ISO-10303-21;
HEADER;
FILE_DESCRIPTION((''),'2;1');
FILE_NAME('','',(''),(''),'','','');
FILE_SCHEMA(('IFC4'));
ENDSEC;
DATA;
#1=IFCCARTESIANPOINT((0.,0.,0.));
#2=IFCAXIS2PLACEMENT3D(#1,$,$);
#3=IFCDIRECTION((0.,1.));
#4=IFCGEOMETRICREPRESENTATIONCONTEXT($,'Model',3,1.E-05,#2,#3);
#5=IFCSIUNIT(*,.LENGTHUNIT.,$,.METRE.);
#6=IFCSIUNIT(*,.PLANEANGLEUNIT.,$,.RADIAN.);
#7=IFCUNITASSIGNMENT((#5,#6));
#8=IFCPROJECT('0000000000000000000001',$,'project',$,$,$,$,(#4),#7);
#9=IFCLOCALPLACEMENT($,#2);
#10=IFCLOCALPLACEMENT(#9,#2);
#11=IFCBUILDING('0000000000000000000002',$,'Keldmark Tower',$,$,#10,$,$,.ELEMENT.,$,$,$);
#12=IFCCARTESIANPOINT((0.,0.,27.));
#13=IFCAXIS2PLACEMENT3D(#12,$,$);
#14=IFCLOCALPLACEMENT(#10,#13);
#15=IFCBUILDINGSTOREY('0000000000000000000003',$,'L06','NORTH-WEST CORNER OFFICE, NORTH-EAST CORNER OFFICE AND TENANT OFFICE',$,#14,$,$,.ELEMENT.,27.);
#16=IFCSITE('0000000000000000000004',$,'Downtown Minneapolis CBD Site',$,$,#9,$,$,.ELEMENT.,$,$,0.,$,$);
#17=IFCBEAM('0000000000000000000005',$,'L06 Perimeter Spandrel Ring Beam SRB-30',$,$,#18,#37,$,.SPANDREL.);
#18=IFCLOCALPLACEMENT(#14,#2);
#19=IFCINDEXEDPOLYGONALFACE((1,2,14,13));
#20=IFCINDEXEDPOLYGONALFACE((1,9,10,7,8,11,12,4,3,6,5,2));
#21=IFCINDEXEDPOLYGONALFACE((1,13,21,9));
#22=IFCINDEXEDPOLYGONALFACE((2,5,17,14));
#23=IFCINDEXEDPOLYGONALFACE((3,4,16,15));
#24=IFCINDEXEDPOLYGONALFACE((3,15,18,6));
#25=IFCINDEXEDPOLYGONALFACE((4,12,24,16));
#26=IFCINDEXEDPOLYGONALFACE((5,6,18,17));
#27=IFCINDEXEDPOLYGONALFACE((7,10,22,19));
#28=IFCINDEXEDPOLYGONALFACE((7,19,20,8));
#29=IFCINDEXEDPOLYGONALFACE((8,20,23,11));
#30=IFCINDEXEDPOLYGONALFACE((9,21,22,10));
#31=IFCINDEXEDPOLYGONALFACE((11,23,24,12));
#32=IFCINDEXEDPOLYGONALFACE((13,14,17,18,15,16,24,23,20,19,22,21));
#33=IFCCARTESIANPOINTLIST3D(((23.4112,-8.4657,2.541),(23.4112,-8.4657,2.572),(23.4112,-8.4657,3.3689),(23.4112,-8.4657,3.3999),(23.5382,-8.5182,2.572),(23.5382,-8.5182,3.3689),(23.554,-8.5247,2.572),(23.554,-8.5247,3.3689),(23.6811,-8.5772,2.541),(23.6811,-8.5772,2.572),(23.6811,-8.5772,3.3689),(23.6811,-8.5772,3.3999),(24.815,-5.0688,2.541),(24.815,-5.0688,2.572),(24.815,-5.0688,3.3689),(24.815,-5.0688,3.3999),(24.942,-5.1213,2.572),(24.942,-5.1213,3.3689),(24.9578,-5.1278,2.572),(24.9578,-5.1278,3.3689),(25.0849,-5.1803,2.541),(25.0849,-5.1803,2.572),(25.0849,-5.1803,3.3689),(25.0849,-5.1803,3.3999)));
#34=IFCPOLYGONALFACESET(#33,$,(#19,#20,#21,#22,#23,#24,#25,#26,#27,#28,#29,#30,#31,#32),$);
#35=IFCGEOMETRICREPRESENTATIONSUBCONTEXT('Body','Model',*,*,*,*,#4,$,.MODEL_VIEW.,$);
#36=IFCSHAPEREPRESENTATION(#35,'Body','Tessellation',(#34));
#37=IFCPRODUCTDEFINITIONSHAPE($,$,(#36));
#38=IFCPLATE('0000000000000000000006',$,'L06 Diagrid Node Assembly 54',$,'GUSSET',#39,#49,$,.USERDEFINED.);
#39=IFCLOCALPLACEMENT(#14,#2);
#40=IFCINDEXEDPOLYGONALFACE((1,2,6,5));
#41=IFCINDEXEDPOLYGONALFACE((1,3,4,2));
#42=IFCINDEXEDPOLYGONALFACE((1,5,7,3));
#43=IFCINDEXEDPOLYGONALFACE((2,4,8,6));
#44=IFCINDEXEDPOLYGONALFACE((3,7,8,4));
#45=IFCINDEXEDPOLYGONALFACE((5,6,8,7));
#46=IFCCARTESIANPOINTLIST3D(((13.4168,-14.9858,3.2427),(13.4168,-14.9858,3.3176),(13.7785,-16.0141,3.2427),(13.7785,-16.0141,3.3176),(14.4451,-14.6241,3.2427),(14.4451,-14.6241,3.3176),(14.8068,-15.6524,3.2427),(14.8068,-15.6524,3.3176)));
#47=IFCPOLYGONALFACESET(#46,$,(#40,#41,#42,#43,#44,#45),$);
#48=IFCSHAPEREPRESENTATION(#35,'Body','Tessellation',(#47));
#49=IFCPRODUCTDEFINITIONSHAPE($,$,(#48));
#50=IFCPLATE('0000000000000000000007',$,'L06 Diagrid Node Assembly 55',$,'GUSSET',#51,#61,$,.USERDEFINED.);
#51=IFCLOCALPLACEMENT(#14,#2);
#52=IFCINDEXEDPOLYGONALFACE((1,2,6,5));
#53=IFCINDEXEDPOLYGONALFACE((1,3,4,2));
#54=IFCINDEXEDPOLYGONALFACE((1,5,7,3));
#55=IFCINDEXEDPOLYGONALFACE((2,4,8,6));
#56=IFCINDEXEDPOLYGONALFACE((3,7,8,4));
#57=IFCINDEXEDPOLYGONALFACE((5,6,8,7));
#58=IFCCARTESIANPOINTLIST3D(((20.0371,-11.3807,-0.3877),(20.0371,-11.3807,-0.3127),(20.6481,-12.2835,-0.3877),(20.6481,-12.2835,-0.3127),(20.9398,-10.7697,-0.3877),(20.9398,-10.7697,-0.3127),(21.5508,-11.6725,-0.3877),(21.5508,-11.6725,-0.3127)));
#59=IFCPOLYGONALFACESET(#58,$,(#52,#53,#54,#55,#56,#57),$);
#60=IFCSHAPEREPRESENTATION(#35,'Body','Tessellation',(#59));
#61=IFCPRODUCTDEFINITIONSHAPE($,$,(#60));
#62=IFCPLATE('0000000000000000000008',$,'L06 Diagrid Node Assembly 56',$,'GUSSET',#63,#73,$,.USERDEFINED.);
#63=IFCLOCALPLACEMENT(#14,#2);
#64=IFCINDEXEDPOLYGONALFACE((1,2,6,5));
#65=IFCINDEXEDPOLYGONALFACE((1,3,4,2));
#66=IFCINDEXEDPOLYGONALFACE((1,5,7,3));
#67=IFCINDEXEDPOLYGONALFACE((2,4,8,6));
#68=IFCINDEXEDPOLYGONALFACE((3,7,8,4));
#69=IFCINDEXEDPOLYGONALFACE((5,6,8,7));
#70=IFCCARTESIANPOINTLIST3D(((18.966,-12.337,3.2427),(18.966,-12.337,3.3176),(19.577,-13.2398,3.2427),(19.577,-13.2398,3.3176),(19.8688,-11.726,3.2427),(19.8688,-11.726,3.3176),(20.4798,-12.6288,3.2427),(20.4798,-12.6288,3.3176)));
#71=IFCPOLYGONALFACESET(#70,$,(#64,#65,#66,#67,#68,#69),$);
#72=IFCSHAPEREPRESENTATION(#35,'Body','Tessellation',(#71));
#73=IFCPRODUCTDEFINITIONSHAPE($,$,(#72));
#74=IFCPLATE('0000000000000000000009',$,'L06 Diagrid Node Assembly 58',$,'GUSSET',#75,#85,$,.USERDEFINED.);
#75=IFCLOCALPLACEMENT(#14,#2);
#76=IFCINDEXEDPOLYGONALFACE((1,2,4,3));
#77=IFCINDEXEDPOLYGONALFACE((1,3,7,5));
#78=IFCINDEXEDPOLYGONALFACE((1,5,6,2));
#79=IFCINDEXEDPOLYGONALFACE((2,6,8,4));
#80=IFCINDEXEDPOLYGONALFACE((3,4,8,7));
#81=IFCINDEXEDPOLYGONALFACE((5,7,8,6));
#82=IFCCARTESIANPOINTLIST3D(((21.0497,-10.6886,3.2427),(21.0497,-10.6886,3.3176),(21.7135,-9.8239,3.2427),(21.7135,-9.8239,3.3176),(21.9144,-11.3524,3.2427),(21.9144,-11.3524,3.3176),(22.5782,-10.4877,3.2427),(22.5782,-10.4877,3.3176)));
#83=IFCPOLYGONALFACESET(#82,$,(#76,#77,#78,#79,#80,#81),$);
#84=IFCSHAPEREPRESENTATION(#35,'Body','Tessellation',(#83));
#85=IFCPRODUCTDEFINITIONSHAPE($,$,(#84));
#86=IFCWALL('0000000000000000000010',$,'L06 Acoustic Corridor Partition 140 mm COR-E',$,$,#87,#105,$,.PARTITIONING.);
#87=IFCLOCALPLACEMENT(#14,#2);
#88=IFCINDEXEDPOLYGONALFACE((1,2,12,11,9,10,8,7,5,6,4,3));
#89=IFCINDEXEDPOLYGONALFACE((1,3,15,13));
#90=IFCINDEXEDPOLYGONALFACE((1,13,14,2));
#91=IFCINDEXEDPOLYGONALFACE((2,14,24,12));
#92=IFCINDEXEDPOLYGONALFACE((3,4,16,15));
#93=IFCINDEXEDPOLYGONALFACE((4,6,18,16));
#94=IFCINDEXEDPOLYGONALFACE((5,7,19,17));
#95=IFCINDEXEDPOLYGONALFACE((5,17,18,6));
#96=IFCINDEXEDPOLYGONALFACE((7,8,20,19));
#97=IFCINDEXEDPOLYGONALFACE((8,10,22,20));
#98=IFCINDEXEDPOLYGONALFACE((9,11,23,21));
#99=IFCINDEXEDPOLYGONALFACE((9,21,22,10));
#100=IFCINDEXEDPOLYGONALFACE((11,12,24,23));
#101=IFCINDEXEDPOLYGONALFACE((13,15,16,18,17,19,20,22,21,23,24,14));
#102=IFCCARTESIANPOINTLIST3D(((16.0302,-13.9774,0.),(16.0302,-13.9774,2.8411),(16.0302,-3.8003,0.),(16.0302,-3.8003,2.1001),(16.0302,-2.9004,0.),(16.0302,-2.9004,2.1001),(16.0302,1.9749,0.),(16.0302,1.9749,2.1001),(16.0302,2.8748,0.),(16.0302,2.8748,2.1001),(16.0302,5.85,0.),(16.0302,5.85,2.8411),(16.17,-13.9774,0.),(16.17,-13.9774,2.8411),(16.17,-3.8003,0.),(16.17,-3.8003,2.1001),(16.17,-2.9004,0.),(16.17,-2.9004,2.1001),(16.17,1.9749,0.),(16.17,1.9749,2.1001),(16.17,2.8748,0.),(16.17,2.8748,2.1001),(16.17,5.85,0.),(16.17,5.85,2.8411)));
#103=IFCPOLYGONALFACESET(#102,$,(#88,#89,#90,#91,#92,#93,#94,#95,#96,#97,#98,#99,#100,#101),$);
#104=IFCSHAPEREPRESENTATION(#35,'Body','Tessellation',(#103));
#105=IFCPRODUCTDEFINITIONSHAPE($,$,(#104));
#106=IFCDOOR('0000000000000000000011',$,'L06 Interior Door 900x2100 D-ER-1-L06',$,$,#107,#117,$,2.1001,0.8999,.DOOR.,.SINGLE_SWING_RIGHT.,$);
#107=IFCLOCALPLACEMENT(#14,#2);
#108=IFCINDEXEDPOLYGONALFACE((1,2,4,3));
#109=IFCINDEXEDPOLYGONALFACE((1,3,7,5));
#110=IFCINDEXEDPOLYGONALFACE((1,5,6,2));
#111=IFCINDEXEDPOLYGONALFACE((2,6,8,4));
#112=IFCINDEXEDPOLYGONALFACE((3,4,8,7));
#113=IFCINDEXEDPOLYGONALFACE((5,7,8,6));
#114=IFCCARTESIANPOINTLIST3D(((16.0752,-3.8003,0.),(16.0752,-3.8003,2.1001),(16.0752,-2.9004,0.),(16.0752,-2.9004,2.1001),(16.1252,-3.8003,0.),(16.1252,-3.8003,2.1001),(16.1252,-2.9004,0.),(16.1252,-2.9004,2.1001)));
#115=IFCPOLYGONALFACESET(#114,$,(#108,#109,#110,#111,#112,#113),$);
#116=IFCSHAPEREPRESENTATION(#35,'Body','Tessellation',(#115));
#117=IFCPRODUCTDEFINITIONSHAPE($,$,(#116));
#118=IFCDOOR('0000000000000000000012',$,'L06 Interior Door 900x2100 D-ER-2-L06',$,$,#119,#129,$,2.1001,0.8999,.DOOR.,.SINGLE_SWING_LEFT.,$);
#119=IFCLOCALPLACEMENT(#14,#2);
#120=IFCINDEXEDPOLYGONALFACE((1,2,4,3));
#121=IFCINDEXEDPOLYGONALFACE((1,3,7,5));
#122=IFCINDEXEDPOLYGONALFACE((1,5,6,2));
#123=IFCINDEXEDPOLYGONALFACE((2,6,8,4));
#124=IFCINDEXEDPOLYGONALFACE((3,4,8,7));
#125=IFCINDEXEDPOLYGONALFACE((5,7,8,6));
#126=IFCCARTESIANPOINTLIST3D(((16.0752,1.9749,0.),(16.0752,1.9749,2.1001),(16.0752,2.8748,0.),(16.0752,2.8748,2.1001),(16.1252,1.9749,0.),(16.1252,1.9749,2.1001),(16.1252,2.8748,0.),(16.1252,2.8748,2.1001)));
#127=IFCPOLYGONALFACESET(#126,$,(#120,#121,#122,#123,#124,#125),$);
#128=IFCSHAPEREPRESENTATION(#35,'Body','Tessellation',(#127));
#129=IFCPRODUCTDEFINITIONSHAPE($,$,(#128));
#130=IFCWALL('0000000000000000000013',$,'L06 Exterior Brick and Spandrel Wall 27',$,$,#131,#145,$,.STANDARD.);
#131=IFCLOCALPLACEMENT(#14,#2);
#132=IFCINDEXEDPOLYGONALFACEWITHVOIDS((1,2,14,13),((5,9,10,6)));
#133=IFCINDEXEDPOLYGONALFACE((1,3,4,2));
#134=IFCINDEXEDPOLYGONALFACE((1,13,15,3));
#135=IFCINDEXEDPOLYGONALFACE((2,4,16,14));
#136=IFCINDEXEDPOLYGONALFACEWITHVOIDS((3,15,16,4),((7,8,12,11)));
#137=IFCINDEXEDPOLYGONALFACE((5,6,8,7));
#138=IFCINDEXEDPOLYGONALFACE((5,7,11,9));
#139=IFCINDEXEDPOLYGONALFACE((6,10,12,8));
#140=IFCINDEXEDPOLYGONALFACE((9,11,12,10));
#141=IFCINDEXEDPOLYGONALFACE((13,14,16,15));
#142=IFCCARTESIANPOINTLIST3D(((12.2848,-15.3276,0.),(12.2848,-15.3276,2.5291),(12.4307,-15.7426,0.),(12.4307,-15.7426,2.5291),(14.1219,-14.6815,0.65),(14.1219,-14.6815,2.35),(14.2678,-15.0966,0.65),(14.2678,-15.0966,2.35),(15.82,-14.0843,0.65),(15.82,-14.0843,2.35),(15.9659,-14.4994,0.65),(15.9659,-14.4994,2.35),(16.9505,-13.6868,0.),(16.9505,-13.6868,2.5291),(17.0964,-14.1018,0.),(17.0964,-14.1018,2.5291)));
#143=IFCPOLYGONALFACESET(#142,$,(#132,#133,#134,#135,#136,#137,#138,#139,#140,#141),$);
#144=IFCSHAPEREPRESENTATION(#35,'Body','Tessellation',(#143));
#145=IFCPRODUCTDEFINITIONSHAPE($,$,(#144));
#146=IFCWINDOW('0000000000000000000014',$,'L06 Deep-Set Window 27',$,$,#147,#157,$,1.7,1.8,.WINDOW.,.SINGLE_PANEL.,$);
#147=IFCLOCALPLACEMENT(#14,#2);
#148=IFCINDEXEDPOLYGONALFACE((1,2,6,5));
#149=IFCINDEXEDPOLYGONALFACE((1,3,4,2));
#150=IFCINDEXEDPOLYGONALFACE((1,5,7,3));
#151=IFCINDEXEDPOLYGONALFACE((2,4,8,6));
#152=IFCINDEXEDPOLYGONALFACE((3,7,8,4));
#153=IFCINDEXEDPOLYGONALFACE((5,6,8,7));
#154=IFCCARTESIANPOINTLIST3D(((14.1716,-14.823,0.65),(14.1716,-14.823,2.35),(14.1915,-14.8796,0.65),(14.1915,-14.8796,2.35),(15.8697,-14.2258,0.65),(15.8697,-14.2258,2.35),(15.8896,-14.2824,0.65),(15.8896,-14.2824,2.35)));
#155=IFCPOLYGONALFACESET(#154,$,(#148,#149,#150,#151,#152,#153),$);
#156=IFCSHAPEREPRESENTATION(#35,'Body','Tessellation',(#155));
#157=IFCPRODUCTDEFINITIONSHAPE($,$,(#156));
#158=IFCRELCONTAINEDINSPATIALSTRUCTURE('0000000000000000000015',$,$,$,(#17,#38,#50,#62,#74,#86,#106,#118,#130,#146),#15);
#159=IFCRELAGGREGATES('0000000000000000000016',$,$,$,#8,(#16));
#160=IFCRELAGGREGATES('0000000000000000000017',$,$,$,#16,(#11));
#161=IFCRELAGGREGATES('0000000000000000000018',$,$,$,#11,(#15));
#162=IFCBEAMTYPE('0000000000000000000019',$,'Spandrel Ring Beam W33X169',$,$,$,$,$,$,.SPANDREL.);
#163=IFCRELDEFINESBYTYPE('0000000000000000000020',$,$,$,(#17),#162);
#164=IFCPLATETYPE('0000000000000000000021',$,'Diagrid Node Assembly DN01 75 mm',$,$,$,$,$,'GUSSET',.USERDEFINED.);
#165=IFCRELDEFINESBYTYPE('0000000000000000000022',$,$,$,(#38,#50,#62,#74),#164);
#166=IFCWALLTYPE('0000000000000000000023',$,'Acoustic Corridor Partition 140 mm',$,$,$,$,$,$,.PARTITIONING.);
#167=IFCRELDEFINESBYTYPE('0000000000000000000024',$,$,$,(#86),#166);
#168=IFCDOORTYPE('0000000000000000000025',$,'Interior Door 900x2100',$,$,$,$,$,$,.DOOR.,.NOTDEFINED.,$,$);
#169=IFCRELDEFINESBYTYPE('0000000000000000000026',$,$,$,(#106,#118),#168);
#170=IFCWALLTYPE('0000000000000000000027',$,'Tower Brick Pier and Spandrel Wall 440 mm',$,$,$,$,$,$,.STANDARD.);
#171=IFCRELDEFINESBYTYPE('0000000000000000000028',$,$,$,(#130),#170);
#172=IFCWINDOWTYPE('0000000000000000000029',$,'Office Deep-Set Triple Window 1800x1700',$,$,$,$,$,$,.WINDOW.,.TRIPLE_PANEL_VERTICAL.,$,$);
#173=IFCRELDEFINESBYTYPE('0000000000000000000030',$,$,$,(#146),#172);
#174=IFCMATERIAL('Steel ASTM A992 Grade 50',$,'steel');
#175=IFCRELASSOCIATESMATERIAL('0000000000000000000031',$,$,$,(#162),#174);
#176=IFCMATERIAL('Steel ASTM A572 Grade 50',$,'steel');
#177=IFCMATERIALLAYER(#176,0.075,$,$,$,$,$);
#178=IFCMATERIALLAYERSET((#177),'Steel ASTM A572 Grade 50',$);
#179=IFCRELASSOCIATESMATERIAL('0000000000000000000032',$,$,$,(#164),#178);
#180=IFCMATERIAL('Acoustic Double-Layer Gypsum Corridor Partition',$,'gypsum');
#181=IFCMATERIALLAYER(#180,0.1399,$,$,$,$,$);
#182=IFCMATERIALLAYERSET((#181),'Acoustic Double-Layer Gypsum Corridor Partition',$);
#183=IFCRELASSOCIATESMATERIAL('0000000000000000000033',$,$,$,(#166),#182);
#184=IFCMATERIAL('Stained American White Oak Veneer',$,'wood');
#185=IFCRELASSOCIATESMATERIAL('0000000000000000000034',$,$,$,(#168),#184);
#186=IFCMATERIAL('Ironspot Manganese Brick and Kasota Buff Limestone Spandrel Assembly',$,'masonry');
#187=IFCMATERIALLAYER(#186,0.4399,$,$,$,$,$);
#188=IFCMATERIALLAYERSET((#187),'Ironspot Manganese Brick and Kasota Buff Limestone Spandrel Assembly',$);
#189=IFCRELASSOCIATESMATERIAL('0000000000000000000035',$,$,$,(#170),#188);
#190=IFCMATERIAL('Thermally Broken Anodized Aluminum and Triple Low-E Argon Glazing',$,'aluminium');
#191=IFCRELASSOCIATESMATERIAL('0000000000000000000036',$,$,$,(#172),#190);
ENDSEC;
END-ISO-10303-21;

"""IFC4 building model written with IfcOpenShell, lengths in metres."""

from ifc_helpers import new_model, si_unit, direction, frame, frame_2d, origin, origin_2d, place, context, subcontext, project, spatial, rectangle, i_section, extrude, material, layer, layer_set, material_profile, profile_set, type_object, element, fill, save


model = new_model("IFC4")

# Units and contexts
model_context = context("Model", 3, precision=1e-05, world=origin(), true_north=direction((0.0, 1.0)))
body_context = subcontext(model_context, "Body", "Model", "MODEL_VIEW")
ifc_project = project(units=[si_unit("LENGTHUNIT", "METRE"), si_unit("PLANEANGLEUNIT", "RADIAN")], contexts=[model_context])

# Site, building, storey
site_placement = place(None, origin())
site = spatial("IfcSite", under=ifc_project, at=site_placement, Name="Downtown Minneapolis CBD Site", CompositionType="ELEMENT", RefElevation=0.0)
building_placement = place(site_placement, origin())
building = spatial("IfcBuilding", under=site, at=building_placement, Name="Keldmark Tower", CompositionType="ELEMENT")
storey_placement = place(building_placement, frame((0.0, 0.0, 27.0)))
storey = spatial("IfcBuildingStorey", under=building, at=storey_placement, Name="L06", Description="NORTH-WEST CORNER OFFICE, NORTH-EAST CORNER OFFICE AND TENANT OFFICE", CompositionType="ELEMENT", Elevation=27.0)

# Beam
ifc_material_1 = material(Name="Steel ASTM A992 Grade 50", Category="steel")
ifc_material_profile_1 = material_profile(ifc_material_1, i_section(OverallWidth=0.292, OverallDepth=0.8589, WebThickness=0.0171, FlangeThickness=0.031, at=origin_2d()), Name="W33X169")
ifc_profile_set_1 = profile_set([ifc_material_profile_1], Name="Steel ASTM A992 Grade 50")
beam_type_1 = type_object("IfcBeamType", Name="Spandrel Ring Beam W33X169", PredefinedType="SPANDREL", material=ifc_profile_set_1)
beam_1_placement = place(storey_placement, frame((23.5461, -8.5215, 2.9705), z_axis=(0.381925, 0.924193, 0.0), x_axis=(-0.924193, 0.381925, 0.0)))
element("IfcBeam", 1, at=beam_1_placement, inside=storey, type_object=beam_type_1, Name="L06 Perimeter Spandrel Ring Beam SRB-30", PredefinedType="SPANDREL", context=body_context, shape_type="SweptSolid", body=[
    extrude(i_section(OverallWidth=0.292, OverallDepth=0.8589, WebThickness=0.0171, FlangeThickness=0.031, at=origin_2d()), origin(), (0.0, 0.0, 1.0), 3.6755),
])

# Plates
ifc_material_2 = material(Name="Steel ASTM A572 Grade 50", Category="steel")
ifc_layer_1 = layer(ifc_material_2, 0.075)
ifc_layer_set_1 = layer_set([ifc_layer_1], Name="Steel ASTM A572 Grade 50")
plate_type = type_object("IfcPlateType", Name="Diagrid Node Assembly DN01 75 mm", ElementType="GUSSET", PredefinedType="USERDEFINED", material=ifc_layer_set_1)
for number, where, z_axis, x_axis, name in (
    (2, (14.1118, -15.3191, 3.2427), (0.0, 0.0, 1.0), (0.943339, 0.331832, 0.0), "L06 Diagrid Node Assembly 54"),
    (3, (20.7939, -11.5266, -0.3877), (0.0, 0.0, 1.0), (0.828158, 0.560494, 0.0), "L06 Diagrid Node Assembly 55"),
    (4, (19.7229, -12.4829, 3.2427), (0.0, 0.0, 1.0), (0.828158, 0.560494, 0.0), "L06 Diagrid Node Assembly 56"),
    (5, (21.814, -10.5881, 3.2427), (0.0, 0.0, 1.0), (0.6089, 0.793247, 0.0), "L06 Diagrid Node Assembly 58"),
):
    element("IfcPlate", number, at=place(storey_placement, frame(where, z_axis=z_axis, x_axis=x_axis)), inside=storey, type_object=plate_type, Name=name, ObjectType="GUSSET", PredefinedType="USERDEFINED", context=body_context, shape_type="SweptSolid", body=[
        extrude(rectangle(XDim=1.0901, YDim=1.0901, at=origin_2d()), origin(), (0.0, 0.0, 1.0), 0.075),
    ])

# Wall, openings, doors
ifc_material_3 = material(Name="Acoustic Double-Layer Gypsum Corridor Partition", Category="gypsum")
ifc_layer_2 = layer(ifc_material_3, 0.1399)
ifc_layer_set_2 = layer_set([ifc_layer_2], Name="Acoustic Double-Layer Gypsum Corridor Partition")
wall_type_1 = type_object("IfcWallType", Name="Acoustic Corridor Partition 140 mm", PredefinedType="PARTITIONING", material=ifc_layer_set_2)
wall_1_placement = place(storey_placement, frame((16.1001, -13.9773, 0.0), z_axis=(0.0, 0.0, 1.0), x_axis=(0.0, 1.0, 0.0)))
wall_1 = element("IfcWall", 6, at=wall_1_placement, inside=storey, type_object=wall_type_1, Name="L06 Acoustic Corridor Partition 140 mm COR-E", PredefinedType="PARTITIONING", context=body_context, shape_type="SweptSolid", body=[
    extrude(rectangle(XDim=19.8274, YDim=0.1399, at=frame_2d((9.9136, 0.0))), origin(), (0.0, 0.0, 1.0), 2.8411),
])
opening_1_placement = place(wall_1_placement, frame((10.177, 0.0, 0.0)))
opening_1 = element("IfcOpeningElement", 7, at=opening_1_placement, cuts=wall_1, PredefinedType="OPENING", context=body_context, shape_type="SweptSolid", body=[
    extrude(rectangle(XDim=0.8999, YDim=2.1001, at=frame_2d((0.45, 1.05))), frame((0.0, 0.0798, 0.0), z_axis=(0.0, -1.0, 0.0), x_axis=(1.0, 0.0, 0.0)), (0.0, 0.0, 1.0), 0.1599),
])
opening_2_placement = place(wall_1_placement, frame((15.9521, 0.0, 0.0)))
opening_2 = element("IfcOpeningElement", 8, at=opening_2_placement, cuts=wall_1, PredefinedType="OPENING", context=body_context, shape_type="SweptSolid", body=[
    extrude(rectangle(XDim=0.8999, YDim=2.1001, at=frame_2d((0.45, 1.05))), frame((0.0, 0.0798, 0.0), z_axis=(0.0, -1.0, 0.0), x_axis=(1.0, 0.0, 0.0)), (0.0, 0.0, 1.0), 0.1599),
])
ifc_material_4 = material(Name="Stained American White Oak Veneer", Category="wood")
door_type = type_object("IfcDoorType", Name="Interior Door 900x2100", OperationType="NOTDEFINED", PredefinedType="DOOR", material=ifc_material_4)
door_1_placement = place(opening_1_placement, origin())
door_1 = element("IfcDoor", 9, at=door_1_placement, inside=storey, type_object=door_type, Name="L06 Interior Door 900x2100 D-ER-1-L06", OperationType="SINGLE_SWING_RIGHT", OverallHeight=2.1001, OverallWidth=0.8999, PredefinedType="DOOR", context=body_context, shape_type="SweptSolid", body=[
    extrude(rectangle(XDim=0.8999, YDim=2.1001, at=frame_2d((0.45, 1.05))), frame((0.0, 0.0249, 0.0), z_axis=(0.0, -1.0, 0.0), x_axis=(1.0, 0.0, 0.0)), (0.0, 0.0, 1.0), 0.05),
])
fill(opening_1, door_1)
door_2_placement = place(opening_2_placement, origin())
door_2 = element("IfcDoor", 10, at=door_2_placement, inside=storey, type_object=door_type, Name="L06 Interior Door 900x2100 D-ER-2-L06", OperationType="SINGLE_SWING_LEFT", OverallHeight=2.1001, OverallWidth=0.8999, PredefinedType="DOOR", context=body_context, shape_type="SweptSolid", body=[
    extrude(rectangle(XDim=0.8999, YDim=2.1001, at=frame_2d((0.45, 1.05))), frame((0.0, 0.0249, 0.0), z_axis=(0.0, -1.0, 0.0), x_axis=(1.0, 0.0, 0.0)), (0.0, 0.0, 1.0), 0.05),
])
fill(opening_2, door_2)

# Wall, opening, window
ifc_material_5 = material(Name="Ironspot Manganese Brick and Kasota Buff Limestone Spandrel Assembly", Category="masonry")
ifc_layer_3 = layer(ifc_material_5, 0.4399)
ifc_layer_set_3 = layer_set([ifc_layer_3], Name="Ironspot Manganese Brick and Kasota Buff Limestone Spandrel Assembly")
wall_type_2 = type_object("IfcWallType", Name="Tower Brick Pier and Spandrel Wall 440 mm", PredefinedType="STANDARD", material=ifc_layer_set_3)
wall_2_placement = place(storey_placement, frame((17.0234, -13.8943, 0.0), z_axis=(0.0, 0.0, 1.0), x_axis=(-0.943362, -0.331764, 0.0)))
wall_2 = element("IfcWall", 11, at=wall_2_placement, inside=storey, type_object=wall_type_2, Name="L06 Exterior Brick and Spandrel Wall 27", PredefinedType="STANDARD", context=body_context, shape_type="SweptSolid", body=[
    extrude(rectangle(XDim=4.9458, YDim=0.4399, at=frame_2d((2.4729, 0.0))), origin(), (0.0, 0.0, 1.0), 2.5291),
])
opening_3_placement = place(wall_2_placement, frame((1.1985, 0.0, 0.6499)))
opening_3 = element("IfcOpeningElement", 12, at=opening_3_placement, cuts=wall_2, PredefinedType="OPENING", context=body_context, shape_type="SweptSolid", body=[
    extrude(rectangle(XDim=1.8, YDim=1.7, at=frame_2d((0.8999, 0.8501))), frame((0.0, 0.23, 0.0), z_axis=(0.0, -1.0, 0.0), x_axis=(1.0, 0.0, 0.0)), (0.0, 0.0, 1.0), 0.46),
])
ifc_material_6 = material(Name="Thermally Broken Anodized Aluminum and Triple Low-E Argon Glazing", Category="aluminium")
window_type = type_object("IfcWindowType", Name="Office Deep-Set Triple Window 1800x1700", PartitioningType="TRIPLE_PANEL_VERTICAL", PredefinedType="WINDOW", material=ifc_material_6)
window_1_placement = place(opening_3_placement, origin())
window_1 = element("IfcWindow", 13, at=window_1_placement, inside=storey, type_object=window_type, Name="L06 Deep-Set Window 27", OverallHeight=1.7, OverallWidth=1.8, PartitioningType="SINGLE_PANEL", PredefinedType="WINDOW", context=body_context, shape_type="SweptSolid", body=[
    extrude(rectangle(XDim=1.8, YDim=1.7, at=frame_2d((0.8999, 0.8501))), frame((0.0, -0.01, 0.0), z_axis=(0.0, -1.0, 0.0), x_axis=(1.0, 0.0, 0.0)), (0.0, 0.0, 1.0), 0.0601),
])
fill(opening_3, window_1)

save(model, "model.ifc")
